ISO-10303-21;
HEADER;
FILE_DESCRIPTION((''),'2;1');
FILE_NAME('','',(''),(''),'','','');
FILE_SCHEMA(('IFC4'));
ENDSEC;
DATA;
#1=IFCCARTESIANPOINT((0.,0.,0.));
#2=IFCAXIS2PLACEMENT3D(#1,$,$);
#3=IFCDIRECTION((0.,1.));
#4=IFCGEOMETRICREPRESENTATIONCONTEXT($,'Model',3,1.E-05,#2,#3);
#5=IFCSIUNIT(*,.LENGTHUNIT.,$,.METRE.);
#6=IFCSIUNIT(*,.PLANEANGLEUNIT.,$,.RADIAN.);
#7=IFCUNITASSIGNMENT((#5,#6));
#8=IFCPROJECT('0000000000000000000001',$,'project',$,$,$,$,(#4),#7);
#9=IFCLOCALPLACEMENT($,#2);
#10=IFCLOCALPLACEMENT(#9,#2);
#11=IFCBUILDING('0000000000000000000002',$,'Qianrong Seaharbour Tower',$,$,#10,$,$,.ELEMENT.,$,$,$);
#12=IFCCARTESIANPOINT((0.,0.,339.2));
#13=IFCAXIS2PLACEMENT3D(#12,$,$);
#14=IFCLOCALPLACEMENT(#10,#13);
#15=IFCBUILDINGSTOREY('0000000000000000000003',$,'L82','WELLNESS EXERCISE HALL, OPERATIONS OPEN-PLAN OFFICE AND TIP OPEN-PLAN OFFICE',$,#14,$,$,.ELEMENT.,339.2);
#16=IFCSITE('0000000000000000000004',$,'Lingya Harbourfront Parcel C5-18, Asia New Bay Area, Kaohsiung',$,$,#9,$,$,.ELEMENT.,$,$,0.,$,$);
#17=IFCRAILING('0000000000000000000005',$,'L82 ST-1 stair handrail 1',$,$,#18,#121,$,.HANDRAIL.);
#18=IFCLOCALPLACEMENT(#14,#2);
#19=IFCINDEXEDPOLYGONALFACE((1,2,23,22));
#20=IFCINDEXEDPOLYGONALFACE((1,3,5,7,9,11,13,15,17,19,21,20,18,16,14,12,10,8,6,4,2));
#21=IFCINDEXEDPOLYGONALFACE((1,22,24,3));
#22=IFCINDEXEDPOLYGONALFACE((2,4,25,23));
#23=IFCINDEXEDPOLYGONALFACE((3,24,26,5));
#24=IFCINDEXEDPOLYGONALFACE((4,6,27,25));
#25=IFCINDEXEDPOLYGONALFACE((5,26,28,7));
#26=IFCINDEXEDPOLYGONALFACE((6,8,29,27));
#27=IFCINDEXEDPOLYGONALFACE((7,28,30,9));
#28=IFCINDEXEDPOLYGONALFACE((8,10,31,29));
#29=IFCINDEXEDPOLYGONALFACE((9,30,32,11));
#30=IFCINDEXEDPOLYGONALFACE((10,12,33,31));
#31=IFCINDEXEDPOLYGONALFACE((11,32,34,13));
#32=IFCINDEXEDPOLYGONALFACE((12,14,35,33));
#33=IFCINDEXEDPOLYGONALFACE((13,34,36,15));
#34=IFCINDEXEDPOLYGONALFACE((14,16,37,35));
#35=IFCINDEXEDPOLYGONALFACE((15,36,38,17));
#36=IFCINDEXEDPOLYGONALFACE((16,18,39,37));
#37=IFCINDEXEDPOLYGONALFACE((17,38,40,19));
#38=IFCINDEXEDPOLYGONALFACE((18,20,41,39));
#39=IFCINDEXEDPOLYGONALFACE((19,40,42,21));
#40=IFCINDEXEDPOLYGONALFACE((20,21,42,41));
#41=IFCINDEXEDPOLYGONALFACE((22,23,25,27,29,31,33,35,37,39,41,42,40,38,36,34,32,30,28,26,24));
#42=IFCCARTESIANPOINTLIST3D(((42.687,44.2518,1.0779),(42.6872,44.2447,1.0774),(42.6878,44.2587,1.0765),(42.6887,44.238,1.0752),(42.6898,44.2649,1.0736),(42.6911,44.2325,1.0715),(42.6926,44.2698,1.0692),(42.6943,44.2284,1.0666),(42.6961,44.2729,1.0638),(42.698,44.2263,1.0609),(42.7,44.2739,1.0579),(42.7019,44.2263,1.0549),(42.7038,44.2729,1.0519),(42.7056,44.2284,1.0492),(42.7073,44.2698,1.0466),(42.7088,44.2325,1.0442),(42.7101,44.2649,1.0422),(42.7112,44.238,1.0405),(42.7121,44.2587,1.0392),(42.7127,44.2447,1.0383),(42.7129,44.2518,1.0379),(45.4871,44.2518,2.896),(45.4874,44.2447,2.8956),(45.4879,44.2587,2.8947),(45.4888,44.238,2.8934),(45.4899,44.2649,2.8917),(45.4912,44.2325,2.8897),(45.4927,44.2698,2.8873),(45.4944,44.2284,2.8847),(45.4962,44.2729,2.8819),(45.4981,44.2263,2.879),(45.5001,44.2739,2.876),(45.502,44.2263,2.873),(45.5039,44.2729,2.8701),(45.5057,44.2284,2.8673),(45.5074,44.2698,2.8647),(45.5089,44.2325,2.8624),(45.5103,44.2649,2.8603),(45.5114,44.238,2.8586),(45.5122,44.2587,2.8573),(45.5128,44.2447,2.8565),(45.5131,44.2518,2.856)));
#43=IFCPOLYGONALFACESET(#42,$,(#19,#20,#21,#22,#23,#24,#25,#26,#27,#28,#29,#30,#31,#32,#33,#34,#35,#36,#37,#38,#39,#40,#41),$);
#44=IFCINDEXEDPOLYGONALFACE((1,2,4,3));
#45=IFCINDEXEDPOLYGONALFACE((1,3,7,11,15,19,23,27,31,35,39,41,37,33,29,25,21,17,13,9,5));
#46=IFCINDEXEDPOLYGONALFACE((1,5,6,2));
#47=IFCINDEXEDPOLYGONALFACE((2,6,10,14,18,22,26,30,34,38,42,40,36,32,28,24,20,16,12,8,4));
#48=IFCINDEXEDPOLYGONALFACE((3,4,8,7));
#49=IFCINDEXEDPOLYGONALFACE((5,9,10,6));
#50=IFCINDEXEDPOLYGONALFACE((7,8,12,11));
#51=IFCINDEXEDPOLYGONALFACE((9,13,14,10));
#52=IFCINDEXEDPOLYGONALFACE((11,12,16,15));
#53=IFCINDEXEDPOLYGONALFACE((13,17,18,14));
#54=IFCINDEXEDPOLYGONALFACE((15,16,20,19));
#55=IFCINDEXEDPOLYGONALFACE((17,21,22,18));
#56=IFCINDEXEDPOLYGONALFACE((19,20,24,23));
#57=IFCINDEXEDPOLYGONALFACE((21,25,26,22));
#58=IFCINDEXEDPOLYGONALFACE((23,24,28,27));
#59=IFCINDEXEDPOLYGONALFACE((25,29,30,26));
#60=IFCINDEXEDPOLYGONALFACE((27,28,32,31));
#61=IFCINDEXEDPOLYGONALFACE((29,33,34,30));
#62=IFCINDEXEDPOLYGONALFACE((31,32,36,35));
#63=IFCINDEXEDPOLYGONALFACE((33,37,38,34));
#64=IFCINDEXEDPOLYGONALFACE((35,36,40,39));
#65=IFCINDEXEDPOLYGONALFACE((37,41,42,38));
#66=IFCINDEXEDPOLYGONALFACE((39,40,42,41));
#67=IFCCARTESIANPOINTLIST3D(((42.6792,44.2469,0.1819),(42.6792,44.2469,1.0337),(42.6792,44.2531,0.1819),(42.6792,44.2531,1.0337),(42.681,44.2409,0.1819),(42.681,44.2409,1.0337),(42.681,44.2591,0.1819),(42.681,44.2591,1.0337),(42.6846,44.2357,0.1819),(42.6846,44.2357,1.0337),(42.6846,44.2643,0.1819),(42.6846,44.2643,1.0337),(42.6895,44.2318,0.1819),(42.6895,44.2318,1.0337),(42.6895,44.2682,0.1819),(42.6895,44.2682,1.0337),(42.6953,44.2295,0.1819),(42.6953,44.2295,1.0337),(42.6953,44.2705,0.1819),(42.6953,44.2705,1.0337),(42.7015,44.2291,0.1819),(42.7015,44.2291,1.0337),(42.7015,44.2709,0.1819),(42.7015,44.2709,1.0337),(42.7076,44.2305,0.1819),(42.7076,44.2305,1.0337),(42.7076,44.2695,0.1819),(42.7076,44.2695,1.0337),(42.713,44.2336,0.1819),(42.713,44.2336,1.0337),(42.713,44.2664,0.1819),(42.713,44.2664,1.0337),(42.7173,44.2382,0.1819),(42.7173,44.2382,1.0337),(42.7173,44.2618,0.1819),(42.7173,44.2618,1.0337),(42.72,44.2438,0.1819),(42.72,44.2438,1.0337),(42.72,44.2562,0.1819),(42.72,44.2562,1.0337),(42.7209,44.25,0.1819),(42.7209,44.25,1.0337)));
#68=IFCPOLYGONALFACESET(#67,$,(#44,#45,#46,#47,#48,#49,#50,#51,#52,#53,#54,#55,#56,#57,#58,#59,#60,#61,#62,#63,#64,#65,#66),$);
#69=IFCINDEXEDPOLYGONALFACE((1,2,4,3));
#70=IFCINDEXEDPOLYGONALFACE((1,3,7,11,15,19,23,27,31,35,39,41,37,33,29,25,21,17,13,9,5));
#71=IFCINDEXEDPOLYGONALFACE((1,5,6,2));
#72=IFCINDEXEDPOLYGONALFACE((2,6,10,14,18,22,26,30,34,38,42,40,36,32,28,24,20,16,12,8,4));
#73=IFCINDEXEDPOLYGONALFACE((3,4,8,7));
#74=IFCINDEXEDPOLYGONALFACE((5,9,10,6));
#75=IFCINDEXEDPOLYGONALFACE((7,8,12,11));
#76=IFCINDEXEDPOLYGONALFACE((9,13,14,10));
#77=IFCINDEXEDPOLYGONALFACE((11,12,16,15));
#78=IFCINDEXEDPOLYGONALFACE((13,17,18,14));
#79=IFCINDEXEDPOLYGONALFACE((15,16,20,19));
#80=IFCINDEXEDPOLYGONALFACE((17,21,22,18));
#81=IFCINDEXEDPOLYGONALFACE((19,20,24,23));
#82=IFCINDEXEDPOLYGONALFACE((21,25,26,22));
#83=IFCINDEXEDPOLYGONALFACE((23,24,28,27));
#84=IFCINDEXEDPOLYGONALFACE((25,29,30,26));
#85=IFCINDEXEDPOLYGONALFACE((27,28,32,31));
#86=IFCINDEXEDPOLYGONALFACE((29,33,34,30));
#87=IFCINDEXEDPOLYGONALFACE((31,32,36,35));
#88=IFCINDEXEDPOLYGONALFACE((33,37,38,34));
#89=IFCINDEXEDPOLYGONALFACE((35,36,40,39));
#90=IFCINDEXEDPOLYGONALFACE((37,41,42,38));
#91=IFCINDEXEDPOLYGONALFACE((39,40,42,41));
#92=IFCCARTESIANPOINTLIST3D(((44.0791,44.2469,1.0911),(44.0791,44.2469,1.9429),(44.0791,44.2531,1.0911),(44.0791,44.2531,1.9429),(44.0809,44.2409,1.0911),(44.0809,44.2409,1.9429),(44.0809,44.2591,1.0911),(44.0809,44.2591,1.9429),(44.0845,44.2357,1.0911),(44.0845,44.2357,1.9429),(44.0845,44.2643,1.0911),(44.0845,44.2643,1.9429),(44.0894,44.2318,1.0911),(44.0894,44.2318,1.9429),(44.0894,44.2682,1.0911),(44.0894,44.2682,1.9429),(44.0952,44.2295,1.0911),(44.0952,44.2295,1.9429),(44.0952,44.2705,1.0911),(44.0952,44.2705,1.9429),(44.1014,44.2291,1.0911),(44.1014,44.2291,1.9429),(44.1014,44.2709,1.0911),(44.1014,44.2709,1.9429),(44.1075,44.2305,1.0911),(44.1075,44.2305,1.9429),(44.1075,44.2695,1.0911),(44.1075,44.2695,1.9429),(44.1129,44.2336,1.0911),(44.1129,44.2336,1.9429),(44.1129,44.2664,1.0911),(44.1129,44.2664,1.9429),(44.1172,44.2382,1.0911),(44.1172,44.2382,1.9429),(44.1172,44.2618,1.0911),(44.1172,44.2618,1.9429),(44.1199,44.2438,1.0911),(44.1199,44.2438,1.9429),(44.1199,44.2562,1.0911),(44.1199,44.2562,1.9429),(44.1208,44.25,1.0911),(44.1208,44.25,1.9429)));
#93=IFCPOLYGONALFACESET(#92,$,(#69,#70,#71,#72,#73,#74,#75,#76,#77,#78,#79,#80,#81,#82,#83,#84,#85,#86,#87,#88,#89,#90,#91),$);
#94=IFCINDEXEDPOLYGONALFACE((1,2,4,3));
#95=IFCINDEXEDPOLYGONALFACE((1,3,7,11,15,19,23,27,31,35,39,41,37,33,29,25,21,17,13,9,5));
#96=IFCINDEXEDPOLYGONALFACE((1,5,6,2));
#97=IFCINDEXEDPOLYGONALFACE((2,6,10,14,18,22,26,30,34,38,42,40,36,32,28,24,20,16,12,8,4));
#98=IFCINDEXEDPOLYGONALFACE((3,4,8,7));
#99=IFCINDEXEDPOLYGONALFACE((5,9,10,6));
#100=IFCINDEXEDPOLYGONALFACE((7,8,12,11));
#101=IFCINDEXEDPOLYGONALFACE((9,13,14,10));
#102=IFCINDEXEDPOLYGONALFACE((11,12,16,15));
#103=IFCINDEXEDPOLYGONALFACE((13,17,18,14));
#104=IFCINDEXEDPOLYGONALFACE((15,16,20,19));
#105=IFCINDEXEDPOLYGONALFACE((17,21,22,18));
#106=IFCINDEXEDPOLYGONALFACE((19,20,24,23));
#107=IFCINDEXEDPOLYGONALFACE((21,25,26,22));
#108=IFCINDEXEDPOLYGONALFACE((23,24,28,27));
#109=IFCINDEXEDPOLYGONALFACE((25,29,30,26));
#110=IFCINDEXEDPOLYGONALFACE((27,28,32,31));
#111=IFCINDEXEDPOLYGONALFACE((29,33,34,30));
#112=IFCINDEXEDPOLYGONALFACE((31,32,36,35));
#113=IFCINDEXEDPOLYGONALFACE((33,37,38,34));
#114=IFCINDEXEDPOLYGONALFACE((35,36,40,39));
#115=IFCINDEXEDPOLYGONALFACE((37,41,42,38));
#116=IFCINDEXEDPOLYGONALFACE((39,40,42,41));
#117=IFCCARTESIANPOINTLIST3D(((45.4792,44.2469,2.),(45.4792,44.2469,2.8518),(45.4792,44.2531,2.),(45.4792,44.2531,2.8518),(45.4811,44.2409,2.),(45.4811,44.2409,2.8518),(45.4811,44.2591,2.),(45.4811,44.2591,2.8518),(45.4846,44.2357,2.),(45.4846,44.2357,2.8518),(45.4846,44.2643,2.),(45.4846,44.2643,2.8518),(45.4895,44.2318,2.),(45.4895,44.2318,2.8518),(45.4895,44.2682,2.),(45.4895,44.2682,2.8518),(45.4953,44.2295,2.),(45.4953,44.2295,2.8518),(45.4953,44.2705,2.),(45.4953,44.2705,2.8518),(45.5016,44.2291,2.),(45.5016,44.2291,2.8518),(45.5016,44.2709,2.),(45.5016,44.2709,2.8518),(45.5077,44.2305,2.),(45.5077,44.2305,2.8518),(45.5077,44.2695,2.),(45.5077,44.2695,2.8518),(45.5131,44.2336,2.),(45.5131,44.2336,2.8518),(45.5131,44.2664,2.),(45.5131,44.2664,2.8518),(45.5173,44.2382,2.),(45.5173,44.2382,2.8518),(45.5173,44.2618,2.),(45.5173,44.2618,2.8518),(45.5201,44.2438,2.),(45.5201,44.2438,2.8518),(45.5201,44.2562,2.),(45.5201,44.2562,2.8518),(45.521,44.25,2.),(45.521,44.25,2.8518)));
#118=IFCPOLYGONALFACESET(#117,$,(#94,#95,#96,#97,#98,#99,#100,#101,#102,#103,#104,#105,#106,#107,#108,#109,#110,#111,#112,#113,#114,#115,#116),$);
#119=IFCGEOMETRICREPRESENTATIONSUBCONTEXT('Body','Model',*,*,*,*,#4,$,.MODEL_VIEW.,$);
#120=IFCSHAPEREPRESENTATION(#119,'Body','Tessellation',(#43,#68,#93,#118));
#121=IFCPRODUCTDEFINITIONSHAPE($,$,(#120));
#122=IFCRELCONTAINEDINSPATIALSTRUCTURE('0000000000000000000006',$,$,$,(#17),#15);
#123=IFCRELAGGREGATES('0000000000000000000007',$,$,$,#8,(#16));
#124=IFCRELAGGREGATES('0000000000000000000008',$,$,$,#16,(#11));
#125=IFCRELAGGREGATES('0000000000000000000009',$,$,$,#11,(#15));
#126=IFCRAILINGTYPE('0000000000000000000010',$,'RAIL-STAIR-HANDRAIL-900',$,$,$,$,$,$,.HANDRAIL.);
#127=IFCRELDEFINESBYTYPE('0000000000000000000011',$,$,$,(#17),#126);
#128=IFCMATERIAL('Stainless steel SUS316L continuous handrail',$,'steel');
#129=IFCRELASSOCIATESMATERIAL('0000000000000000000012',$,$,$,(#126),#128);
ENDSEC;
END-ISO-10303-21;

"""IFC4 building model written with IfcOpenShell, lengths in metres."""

from ifc_helpers import new_model, si_unit, direction, frame, origin, origin_2d, place, context, subcontext, project, spatial, circle, extrude, material, type_object, element, save


model = new_model("IFC4")

# Units and contexts
model_context = context("Model", 3, precision=1e-05, world=origin(), true_north=direction((0.0, 1.0)))
body_context = subcontext(model_context, "Body", "Model", "MODEL_VIEW")
ifc_project = project(units=[si_unit("LENGTHUNIT", "METRE"), si_unit("PLANEANGLEUNIT", "RADIAN")], contexts=[model_context])

# Site, building, storey
site_placement = place(None, origin())
site = spatial("IfcSite", under=ifc_project, at=site_placement, Name="Lingya Harbourfront Parcel C5-18, Asia New Bay Area, Kaohsiung", CompositionType="ELEMENT", RefElevation=0.0)
building_placement = place(site_placement, origin())
building = spatial("IfcBuilding", under=site, at=building_placement, Name="Qianrong Seaharbour Tower", CompositionType="ELEMENT")
storey_placement = place(building_placement, frame((0.0, 0.0, 339.2)))
storey = spatial("IfcBuildingStorey", under=building, at=storey_placement, Name="L82", Description="WELLNESS EXERCISE HALL, OPERATIONS OPEN-PLAN OFFICE AND TIP OPEN-PLAN OFFICE", CompositionType="ELEMENT", Elevation=339.2)

# Railing
ifc_material_1 = material(Name="Stainless steel SUS316L continuous handrail", Category="steel")
railing_type_1 = type_object("IfcRailingType", Name="RAIL-STAIR-HANDRAIL-900", PredefinedType="HANDRAIL", material=ifc_material_1)
railing_1_placement = place(storey_placement, frame((42.7, 44.25, 0.1819)))
element("IfcRailing", 1, at=railing_1_placement, inside=storey, type_object=railing_type_1, Name="L82 ST-1 stair handrail 1", PredefinedType="HANDRAIL", context=body_context, shape_type="SweptSolid", body=[
    extrude(circle(Radius=0.0239, at=origin_2d()), frame((0.0, 0.0, 0.876), z_axis=(0.838706, 0.0, 0.544585), x_axis=(0.0, 1.0, 0.0)), (0.0, 0.0, 1.0), 3.3386),
    extrude(circle(Radius=0.021, at=origin_2d()), origin(), (0.0, 0.0, 1.0), 0.8518),
    extrude(circle(Radius=0.021, at=origin_2d()), frame((1.3999, 0.0, 0.9092)), (0.0, 0.0, 1.0), 0.8518),
    extrude(circle(Radius=0.021, at=origin_2d()), frame((2.8, 0.0, 1.8181)), (0.0, 0.0, 1.0), 0.8518),
])

save(model, "model.ifc")
